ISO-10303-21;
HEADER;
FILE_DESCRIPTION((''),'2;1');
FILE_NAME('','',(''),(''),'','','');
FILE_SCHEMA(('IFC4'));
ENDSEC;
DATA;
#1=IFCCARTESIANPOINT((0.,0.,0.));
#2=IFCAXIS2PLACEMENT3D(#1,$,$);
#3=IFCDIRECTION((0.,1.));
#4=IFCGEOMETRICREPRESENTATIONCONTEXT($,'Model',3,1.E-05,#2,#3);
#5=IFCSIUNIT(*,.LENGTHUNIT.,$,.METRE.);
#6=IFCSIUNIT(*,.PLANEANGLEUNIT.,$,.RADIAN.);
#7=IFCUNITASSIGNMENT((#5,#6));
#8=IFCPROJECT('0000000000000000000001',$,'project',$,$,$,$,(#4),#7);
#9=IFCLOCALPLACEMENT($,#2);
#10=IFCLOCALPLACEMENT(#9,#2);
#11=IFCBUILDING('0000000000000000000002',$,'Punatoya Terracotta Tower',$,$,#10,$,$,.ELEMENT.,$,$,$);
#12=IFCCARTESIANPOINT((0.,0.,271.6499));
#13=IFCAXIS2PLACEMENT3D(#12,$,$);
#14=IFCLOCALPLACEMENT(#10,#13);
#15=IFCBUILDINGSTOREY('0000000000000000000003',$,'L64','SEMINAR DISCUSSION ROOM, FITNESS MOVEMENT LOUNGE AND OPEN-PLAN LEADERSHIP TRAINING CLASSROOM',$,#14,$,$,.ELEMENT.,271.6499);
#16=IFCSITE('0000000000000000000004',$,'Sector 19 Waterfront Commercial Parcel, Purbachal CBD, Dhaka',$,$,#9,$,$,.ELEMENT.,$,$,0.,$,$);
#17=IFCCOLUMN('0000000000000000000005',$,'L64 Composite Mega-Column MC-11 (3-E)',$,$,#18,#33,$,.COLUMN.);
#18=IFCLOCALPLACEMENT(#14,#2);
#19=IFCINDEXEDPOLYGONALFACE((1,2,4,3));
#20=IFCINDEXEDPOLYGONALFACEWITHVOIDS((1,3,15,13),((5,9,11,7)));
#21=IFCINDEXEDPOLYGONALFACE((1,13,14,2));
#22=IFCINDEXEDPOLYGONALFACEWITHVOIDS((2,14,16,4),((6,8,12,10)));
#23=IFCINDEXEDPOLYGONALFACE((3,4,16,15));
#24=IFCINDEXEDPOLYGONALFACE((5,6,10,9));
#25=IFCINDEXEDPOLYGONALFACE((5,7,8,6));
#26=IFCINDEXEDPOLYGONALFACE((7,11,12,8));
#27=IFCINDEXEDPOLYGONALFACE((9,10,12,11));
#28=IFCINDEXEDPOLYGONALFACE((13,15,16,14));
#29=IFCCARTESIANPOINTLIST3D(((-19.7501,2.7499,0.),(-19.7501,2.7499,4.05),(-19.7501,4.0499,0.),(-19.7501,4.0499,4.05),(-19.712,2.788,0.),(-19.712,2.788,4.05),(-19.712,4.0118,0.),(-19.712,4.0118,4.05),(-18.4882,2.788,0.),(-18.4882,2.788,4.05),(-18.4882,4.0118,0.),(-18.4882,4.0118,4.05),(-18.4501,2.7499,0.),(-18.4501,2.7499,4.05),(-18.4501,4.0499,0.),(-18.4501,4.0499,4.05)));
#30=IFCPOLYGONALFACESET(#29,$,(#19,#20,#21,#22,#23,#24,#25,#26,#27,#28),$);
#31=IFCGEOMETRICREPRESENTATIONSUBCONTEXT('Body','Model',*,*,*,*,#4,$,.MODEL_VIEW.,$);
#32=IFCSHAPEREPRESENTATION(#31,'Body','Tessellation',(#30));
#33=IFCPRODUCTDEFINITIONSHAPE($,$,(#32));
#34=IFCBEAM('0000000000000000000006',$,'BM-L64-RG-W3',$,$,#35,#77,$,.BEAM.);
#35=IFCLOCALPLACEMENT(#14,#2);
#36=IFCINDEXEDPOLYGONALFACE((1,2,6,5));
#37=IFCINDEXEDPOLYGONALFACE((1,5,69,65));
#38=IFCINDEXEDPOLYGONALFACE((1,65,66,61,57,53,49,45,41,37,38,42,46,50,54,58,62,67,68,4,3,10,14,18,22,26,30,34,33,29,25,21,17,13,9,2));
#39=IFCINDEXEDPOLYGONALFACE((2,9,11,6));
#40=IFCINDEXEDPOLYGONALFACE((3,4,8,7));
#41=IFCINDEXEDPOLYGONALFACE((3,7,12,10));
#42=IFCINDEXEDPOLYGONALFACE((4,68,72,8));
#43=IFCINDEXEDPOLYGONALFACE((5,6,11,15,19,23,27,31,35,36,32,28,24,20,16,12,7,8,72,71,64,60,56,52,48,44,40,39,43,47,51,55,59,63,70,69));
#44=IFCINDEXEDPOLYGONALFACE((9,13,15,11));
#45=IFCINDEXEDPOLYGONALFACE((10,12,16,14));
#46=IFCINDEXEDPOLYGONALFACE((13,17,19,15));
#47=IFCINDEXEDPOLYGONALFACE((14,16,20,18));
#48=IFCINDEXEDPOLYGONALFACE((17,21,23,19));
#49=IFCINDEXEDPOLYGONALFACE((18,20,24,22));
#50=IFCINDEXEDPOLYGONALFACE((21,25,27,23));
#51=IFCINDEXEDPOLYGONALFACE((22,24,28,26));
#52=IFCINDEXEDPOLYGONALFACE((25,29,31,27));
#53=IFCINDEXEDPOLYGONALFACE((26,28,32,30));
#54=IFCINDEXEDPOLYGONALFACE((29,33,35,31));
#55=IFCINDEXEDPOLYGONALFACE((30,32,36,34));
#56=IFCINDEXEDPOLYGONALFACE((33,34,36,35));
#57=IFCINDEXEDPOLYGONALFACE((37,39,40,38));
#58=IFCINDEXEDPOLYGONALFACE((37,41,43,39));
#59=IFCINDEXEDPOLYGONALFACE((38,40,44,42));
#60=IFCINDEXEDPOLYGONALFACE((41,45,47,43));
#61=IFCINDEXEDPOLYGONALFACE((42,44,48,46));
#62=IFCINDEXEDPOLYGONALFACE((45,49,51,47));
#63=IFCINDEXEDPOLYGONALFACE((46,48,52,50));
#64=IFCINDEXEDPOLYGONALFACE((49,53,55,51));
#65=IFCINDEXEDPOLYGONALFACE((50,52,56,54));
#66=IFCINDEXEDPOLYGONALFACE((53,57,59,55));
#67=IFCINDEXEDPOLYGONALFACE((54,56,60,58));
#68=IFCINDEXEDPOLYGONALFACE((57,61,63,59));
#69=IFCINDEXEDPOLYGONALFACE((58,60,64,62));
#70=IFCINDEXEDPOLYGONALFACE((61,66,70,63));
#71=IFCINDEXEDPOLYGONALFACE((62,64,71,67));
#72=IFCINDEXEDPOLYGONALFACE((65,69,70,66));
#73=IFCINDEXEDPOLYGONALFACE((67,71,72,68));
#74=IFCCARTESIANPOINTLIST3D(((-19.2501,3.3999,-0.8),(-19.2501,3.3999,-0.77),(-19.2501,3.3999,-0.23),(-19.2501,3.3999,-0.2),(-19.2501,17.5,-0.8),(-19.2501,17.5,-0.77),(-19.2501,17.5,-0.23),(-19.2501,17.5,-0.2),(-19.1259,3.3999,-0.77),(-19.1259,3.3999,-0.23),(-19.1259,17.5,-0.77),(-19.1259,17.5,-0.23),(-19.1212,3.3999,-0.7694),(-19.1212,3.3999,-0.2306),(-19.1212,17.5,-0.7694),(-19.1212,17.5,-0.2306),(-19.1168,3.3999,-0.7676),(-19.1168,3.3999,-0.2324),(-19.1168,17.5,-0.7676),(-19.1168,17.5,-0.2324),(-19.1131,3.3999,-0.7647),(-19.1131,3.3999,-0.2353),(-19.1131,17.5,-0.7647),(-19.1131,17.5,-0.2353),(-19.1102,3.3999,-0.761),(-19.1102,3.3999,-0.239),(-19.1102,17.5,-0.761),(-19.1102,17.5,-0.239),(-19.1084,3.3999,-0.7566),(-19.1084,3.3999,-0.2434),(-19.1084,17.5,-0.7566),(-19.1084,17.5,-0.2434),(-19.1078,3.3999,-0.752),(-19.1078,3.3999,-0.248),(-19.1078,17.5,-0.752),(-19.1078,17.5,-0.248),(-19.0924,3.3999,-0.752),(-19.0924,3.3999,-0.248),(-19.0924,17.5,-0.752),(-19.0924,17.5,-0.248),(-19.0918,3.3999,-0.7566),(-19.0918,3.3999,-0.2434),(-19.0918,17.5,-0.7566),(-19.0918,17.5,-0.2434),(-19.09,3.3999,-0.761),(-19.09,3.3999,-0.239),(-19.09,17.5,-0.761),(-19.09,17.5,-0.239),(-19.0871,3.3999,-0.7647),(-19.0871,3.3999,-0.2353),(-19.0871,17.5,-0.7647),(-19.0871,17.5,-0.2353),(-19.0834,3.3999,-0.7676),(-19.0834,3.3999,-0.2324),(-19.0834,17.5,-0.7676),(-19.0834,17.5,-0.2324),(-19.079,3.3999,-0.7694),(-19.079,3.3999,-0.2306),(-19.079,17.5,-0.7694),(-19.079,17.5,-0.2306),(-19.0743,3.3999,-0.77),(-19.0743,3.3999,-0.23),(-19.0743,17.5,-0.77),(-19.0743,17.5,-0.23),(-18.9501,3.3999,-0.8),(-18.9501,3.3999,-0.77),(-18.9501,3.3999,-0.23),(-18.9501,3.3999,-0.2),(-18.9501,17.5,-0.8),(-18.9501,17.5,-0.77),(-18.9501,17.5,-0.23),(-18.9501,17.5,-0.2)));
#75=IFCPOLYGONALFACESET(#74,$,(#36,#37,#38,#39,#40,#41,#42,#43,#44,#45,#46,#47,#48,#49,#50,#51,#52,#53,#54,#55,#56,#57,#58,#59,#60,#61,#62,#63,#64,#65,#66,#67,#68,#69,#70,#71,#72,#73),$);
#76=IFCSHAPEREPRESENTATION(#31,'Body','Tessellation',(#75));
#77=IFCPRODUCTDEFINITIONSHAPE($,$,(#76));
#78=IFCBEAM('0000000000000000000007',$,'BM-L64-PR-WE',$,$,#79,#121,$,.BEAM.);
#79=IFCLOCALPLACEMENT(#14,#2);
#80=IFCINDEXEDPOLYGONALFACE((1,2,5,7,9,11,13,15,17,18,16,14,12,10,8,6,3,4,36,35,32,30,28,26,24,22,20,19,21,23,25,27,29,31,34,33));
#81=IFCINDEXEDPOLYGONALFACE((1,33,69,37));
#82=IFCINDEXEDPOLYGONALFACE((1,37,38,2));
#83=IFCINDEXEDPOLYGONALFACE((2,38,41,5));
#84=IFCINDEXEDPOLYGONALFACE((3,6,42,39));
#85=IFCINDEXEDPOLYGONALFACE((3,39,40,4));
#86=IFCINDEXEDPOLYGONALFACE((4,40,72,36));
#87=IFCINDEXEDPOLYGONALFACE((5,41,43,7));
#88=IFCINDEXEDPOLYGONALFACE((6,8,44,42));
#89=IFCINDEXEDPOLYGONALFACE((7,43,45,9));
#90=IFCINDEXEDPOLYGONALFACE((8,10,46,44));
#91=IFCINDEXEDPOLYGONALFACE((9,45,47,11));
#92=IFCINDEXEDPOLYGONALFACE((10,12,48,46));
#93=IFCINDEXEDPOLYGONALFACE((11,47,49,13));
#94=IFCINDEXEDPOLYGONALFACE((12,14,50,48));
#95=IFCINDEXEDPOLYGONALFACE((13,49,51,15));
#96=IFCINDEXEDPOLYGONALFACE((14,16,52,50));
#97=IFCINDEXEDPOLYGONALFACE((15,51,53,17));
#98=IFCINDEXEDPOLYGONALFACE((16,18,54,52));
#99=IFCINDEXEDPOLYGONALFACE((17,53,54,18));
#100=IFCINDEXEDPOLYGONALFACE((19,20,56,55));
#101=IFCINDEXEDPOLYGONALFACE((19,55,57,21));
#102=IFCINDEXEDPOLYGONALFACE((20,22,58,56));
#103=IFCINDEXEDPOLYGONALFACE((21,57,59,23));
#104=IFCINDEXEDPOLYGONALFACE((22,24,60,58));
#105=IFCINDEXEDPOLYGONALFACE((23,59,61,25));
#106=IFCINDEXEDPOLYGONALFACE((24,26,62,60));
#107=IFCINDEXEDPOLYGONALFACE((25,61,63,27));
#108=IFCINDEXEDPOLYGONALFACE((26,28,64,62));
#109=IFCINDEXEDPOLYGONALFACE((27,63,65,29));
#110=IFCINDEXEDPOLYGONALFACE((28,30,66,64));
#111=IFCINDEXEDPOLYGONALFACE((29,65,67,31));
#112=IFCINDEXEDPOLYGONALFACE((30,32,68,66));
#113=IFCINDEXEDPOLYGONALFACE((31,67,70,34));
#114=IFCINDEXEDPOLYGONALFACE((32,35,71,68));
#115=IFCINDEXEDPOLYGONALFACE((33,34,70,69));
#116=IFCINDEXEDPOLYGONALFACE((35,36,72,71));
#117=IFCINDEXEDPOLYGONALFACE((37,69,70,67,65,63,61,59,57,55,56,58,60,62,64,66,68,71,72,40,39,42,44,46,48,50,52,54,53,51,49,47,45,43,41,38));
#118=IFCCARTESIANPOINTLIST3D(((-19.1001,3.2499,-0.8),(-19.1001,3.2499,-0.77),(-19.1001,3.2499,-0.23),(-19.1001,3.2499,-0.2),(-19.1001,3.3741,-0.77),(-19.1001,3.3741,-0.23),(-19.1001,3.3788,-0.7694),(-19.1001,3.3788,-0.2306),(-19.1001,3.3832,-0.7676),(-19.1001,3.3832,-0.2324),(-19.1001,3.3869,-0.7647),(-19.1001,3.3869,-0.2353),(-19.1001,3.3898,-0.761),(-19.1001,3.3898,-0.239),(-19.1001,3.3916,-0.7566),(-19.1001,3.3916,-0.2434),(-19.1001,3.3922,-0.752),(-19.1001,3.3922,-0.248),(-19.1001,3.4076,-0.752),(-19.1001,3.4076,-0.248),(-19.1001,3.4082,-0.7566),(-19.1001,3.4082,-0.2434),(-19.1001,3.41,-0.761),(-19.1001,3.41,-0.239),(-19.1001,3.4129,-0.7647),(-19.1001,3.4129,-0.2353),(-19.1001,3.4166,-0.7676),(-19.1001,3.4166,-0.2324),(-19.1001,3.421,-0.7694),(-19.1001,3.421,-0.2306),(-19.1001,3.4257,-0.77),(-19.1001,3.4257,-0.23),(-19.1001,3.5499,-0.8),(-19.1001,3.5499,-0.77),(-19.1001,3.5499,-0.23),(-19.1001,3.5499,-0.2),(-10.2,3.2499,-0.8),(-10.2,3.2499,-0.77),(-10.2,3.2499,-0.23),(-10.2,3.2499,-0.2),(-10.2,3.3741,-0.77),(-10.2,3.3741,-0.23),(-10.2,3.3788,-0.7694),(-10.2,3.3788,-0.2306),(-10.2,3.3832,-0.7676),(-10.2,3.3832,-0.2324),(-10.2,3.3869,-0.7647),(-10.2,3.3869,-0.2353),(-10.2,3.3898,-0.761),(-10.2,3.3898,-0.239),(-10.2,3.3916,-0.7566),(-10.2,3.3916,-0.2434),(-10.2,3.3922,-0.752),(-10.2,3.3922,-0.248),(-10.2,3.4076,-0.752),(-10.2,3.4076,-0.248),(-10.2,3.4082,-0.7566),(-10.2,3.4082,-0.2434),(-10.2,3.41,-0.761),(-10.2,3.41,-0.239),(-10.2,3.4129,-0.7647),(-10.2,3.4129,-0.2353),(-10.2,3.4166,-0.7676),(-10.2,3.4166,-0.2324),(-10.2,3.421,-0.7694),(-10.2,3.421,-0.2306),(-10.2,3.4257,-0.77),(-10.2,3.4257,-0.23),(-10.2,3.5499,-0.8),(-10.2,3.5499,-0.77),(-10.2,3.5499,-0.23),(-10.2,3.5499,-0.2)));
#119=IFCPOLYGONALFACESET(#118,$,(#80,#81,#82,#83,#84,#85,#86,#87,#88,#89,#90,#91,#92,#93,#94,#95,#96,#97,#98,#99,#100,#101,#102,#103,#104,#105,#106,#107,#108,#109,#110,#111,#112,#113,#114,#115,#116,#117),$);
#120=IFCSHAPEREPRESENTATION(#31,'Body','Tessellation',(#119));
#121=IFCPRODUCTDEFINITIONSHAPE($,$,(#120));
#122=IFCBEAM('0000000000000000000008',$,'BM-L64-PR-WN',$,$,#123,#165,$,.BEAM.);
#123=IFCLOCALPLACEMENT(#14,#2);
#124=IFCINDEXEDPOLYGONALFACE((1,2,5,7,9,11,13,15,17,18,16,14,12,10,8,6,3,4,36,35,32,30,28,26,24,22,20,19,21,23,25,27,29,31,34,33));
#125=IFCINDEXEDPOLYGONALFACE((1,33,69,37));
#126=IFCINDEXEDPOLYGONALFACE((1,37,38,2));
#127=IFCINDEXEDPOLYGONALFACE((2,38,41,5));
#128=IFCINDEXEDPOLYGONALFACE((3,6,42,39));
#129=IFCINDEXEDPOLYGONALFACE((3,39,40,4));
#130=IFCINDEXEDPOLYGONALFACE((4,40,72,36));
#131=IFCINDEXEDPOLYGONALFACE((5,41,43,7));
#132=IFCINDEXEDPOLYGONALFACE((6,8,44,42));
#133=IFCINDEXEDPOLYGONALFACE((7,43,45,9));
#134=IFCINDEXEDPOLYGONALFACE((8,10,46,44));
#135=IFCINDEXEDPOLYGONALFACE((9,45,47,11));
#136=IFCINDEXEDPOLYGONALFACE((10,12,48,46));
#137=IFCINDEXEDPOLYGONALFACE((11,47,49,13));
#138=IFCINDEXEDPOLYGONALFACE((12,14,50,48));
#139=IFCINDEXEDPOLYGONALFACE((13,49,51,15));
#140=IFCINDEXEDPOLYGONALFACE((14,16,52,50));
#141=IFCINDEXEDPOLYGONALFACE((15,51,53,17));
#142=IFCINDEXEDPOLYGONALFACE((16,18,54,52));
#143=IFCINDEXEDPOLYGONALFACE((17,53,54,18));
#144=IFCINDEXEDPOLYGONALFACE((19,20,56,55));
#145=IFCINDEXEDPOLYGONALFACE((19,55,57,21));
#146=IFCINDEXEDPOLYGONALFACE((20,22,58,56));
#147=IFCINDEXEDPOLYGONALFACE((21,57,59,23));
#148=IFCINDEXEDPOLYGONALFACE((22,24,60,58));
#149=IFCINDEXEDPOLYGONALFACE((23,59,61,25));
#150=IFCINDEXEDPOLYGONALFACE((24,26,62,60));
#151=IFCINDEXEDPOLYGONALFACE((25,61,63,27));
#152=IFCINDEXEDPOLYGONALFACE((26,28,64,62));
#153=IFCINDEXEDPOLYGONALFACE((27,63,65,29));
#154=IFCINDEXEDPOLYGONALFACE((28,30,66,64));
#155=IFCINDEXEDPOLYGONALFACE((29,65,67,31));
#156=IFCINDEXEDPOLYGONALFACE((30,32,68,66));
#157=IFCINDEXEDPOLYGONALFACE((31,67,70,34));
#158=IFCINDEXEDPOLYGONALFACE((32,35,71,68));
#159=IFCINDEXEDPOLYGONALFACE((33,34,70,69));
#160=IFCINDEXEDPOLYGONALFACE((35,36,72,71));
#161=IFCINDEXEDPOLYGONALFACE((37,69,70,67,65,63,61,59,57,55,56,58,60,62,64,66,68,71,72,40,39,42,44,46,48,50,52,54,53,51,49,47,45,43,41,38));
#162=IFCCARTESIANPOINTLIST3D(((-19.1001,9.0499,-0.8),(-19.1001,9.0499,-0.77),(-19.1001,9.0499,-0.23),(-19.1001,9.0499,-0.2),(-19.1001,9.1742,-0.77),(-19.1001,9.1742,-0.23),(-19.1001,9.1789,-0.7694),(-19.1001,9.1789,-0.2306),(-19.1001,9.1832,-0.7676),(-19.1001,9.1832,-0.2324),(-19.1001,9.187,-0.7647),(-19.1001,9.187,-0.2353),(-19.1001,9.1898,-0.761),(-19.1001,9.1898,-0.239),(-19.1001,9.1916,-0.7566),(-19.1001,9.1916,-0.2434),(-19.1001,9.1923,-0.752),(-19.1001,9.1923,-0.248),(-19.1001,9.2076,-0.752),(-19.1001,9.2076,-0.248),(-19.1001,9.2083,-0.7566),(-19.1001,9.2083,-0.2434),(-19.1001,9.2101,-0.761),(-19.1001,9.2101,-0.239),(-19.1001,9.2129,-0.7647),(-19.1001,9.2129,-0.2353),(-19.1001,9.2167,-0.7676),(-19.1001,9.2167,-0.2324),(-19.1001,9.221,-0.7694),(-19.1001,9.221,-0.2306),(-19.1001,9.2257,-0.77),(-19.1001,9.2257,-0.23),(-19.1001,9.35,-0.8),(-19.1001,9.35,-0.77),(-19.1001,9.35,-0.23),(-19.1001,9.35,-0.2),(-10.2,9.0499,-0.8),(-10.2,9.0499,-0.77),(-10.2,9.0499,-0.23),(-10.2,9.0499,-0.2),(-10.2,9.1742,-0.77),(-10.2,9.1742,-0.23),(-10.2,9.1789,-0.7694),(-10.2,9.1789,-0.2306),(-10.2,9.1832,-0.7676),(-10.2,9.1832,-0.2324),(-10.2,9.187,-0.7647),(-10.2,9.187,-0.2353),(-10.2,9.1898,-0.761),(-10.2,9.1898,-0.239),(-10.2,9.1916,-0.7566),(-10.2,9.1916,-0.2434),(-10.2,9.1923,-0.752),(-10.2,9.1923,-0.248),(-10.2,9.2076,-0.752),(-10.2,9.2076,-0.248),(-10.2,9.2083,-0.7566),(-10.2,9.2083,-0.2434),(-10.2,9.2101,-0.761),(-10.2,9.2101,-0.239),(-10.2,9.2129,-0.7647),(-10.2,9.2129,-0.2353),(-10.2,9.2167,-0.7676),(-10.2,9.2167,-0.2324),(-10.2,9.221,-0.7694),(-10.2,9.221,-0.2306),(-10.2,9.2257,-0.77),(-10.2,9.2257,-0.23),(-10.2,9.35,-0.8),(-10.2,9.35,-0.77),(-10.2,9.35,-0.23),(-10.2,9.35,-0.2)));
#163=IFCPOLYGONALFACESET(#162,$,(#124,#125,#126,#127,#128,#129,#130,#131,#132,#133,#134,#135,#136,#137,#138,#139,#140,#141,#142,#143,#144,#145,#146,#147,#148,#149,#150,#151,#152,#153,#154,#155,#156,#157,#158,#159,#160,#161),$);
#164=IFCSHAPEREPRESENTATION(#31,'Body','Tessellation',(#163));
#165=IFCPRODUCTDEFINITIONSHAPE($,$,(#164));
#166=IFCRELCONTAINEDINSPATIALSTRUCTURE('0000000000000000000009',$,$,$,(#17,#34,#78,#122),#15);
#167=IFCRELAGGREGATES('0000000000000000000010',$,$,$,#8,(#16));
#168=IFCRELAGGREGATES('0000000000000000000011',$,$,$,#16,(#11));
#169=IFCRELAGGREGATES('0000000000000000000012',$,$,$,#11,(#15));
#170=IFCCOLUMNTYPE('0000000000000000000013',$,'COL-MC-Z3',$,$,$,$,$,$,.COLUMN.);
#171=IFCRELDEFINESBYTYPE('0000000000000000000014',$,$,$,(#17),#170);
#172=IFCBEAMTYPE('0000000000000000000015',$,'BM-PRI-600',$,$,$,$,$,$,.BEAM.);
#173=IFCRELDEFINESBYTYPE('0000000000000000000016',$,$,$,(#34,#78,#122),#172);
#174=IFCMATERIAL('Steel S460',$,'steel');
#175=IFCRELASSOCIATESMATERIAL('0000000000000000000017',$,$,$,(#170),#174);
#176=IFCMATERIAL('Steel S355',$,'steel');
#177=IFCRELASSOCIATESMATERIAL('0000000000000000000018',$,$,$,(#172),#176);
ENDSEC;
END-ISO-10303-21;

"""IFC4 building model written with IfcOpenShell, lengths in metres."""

from ifc_helpers import new_model, si_unit, direction, frame, origin, origin_2d, place, context, subcontext, project, spatial, hollow_rectangle, i_section, extrude, material, material_profile, profile_set, type_object, element, save


model = new_model("IFC4")

# Units and contexts
model_context = context("Model", 3, precision=1e-05, world=origin(), true_north=direction((0.0, 1.0)))
body_context = subcontext(model_context, "Body", "Model", "MODEL_VIEW")
ifc_project = project(units=[si_unit("LENGTHUNIT", "METRE"), si_unit("PLANEANGLEUNIT", "RADIAN")], contexts=[model_context])

# Site, building, storey
site_placement = place(None, origin())
site = spatial("IfcSite", under=ifc_project, at=site_placement, Name="Sector 19 Waterfront Commercial Parcel, Purbachal CBD, Dhaka", CompositionType="ELEMENT", RefElevation=0.0)
building_placement = place(site_placement, origin())
building = spatial("IfcBuilding", under=site, at=building_placement, Name="Punatoya Terracotta Tower", CompositionType="ELEMENT")
storey_placement = place(building_placement, frame((0.0, 0.0, 271.6499)))
storey = spatial("IfcBuildingStorey", under=building, at=storey_placement, Name="L64", Description="SEMINAR DISCUSSION ROOM, FITNESS MOVEMENT LOUNGE AND OPEN-PLAN LEADERSHIP TRAINING CLASSROOM", CompositionType="ELEMENT", Elevation=271.6499)

# Column
ifc_material_1 = material(Name="Steel S460", Category="steel")
ifc_material_profile_1 = material_profile(ifc_material_1, hollow_rectangle(XDim=1.3, YDim=1.3, WallThickness=0.0381, at=origin_2d()))
ifc_profile_set_1 = profile_set([ifc_material_profile_1], Name="Steel S460")
column_type = type_object("IfcColumnType", Name="COL-MC-Z3", PredefinedType="COLUMN", material=ifc_profile_set_1)
column_placement = place(storey_placement, frame((-19.1001, 3.3999, 0.0), z_axis=(0.0, 0.0, 1.0), x_axis=(1.0, 0.0, 0.0)))
element("IfcColumn", 1, at=column_placement, inside=storey, type_object=column_type, Name="L64 Composite Mega-Column MC-11 (3-E)", PredefinedType="COLUMN", context=body_context, shape_type="SweptSolid", body=[
    extrude(hollow_rectangle(XDim=1.3, YDim=1.3, WallThickness=0.0381, at=origin_2d()), origin(), (0.0, 0.0, 1.0), 4.05),
])

# Beams
ifc_material_2 = material(Name="Steel S355", Category="steel")
ifc_material_profile_2 = material_profile(ifc_material_2, i_section(OverallWidth=0.3, OverallDepth=0.6001, WebThickness=0.0154, FlangeThickness=0.03, FilletRadius=0.0181, at=origin_2d()))
ifc_profile_set_2 = profile_set([ifc_material_profile_2], Name="Steel S355")
beam_type_1 = type_object("IfcBeamType", Name="BM-PRI-600", PredefinedType="BEAM", material=ifc_profile_set_2)
beam_1_placement = place(storey_placement, frame((-19.1001, 3.3999, -0.5), z_axis=(0.0, 1.0, 0.0), x_axis=(-1.0, 0.0, 0.0)))
element("IfcBeam", 2, at=beam_1_placement, inside=storey, type_object=beam_type_1, Name="BM-L64-RG-W3", PredefinedType="BEAM", context=body_context, shape_type="SweptSolid", body=[
    extrude(i_section(OverallWidth=0.3, OverallDepth=0.6001, WebThickness=0.0154, FlangeThickness=0.03, FilletRadius=0.0181, at=origin_2d()), origin(), (0.0, 0.0, 1.0), 14.1001),
])
for number, where, z_axis, x_axis, name in (
    (3, (-19.1001, 3.3999, -0.5), (1.0, 0.0, 0.0), (0.0, 1.0, 0.0), "BM-L64-PR-WE"),
    (4, (-19.1001, 9.2, -0.5), (1.0, 0.0, 0.0), (0.0, 1.0, 0.0), "BM-L64-PR-WN"),
):
    element("IfcBeam", number, at=place(storey_placement, frame(where, z_axis=z_axis, x_axis=x_axis)), inside=storey, type_object=beam_type_1, Name=name, PredefinedType="BEAM", context=body_context, shape_type="SweptSolid", body=[
        extrude(i_section(OverallWidth=0.3, OverallDepth=0.6001, WebThickness=0.0154, FlangeThickness=0.03, FilletRadius=0.0181, at=origin_2d()), origin(), (0.0, 0.0, 1.0), 8.9001),
    ])

save(model, "model.ifc")
